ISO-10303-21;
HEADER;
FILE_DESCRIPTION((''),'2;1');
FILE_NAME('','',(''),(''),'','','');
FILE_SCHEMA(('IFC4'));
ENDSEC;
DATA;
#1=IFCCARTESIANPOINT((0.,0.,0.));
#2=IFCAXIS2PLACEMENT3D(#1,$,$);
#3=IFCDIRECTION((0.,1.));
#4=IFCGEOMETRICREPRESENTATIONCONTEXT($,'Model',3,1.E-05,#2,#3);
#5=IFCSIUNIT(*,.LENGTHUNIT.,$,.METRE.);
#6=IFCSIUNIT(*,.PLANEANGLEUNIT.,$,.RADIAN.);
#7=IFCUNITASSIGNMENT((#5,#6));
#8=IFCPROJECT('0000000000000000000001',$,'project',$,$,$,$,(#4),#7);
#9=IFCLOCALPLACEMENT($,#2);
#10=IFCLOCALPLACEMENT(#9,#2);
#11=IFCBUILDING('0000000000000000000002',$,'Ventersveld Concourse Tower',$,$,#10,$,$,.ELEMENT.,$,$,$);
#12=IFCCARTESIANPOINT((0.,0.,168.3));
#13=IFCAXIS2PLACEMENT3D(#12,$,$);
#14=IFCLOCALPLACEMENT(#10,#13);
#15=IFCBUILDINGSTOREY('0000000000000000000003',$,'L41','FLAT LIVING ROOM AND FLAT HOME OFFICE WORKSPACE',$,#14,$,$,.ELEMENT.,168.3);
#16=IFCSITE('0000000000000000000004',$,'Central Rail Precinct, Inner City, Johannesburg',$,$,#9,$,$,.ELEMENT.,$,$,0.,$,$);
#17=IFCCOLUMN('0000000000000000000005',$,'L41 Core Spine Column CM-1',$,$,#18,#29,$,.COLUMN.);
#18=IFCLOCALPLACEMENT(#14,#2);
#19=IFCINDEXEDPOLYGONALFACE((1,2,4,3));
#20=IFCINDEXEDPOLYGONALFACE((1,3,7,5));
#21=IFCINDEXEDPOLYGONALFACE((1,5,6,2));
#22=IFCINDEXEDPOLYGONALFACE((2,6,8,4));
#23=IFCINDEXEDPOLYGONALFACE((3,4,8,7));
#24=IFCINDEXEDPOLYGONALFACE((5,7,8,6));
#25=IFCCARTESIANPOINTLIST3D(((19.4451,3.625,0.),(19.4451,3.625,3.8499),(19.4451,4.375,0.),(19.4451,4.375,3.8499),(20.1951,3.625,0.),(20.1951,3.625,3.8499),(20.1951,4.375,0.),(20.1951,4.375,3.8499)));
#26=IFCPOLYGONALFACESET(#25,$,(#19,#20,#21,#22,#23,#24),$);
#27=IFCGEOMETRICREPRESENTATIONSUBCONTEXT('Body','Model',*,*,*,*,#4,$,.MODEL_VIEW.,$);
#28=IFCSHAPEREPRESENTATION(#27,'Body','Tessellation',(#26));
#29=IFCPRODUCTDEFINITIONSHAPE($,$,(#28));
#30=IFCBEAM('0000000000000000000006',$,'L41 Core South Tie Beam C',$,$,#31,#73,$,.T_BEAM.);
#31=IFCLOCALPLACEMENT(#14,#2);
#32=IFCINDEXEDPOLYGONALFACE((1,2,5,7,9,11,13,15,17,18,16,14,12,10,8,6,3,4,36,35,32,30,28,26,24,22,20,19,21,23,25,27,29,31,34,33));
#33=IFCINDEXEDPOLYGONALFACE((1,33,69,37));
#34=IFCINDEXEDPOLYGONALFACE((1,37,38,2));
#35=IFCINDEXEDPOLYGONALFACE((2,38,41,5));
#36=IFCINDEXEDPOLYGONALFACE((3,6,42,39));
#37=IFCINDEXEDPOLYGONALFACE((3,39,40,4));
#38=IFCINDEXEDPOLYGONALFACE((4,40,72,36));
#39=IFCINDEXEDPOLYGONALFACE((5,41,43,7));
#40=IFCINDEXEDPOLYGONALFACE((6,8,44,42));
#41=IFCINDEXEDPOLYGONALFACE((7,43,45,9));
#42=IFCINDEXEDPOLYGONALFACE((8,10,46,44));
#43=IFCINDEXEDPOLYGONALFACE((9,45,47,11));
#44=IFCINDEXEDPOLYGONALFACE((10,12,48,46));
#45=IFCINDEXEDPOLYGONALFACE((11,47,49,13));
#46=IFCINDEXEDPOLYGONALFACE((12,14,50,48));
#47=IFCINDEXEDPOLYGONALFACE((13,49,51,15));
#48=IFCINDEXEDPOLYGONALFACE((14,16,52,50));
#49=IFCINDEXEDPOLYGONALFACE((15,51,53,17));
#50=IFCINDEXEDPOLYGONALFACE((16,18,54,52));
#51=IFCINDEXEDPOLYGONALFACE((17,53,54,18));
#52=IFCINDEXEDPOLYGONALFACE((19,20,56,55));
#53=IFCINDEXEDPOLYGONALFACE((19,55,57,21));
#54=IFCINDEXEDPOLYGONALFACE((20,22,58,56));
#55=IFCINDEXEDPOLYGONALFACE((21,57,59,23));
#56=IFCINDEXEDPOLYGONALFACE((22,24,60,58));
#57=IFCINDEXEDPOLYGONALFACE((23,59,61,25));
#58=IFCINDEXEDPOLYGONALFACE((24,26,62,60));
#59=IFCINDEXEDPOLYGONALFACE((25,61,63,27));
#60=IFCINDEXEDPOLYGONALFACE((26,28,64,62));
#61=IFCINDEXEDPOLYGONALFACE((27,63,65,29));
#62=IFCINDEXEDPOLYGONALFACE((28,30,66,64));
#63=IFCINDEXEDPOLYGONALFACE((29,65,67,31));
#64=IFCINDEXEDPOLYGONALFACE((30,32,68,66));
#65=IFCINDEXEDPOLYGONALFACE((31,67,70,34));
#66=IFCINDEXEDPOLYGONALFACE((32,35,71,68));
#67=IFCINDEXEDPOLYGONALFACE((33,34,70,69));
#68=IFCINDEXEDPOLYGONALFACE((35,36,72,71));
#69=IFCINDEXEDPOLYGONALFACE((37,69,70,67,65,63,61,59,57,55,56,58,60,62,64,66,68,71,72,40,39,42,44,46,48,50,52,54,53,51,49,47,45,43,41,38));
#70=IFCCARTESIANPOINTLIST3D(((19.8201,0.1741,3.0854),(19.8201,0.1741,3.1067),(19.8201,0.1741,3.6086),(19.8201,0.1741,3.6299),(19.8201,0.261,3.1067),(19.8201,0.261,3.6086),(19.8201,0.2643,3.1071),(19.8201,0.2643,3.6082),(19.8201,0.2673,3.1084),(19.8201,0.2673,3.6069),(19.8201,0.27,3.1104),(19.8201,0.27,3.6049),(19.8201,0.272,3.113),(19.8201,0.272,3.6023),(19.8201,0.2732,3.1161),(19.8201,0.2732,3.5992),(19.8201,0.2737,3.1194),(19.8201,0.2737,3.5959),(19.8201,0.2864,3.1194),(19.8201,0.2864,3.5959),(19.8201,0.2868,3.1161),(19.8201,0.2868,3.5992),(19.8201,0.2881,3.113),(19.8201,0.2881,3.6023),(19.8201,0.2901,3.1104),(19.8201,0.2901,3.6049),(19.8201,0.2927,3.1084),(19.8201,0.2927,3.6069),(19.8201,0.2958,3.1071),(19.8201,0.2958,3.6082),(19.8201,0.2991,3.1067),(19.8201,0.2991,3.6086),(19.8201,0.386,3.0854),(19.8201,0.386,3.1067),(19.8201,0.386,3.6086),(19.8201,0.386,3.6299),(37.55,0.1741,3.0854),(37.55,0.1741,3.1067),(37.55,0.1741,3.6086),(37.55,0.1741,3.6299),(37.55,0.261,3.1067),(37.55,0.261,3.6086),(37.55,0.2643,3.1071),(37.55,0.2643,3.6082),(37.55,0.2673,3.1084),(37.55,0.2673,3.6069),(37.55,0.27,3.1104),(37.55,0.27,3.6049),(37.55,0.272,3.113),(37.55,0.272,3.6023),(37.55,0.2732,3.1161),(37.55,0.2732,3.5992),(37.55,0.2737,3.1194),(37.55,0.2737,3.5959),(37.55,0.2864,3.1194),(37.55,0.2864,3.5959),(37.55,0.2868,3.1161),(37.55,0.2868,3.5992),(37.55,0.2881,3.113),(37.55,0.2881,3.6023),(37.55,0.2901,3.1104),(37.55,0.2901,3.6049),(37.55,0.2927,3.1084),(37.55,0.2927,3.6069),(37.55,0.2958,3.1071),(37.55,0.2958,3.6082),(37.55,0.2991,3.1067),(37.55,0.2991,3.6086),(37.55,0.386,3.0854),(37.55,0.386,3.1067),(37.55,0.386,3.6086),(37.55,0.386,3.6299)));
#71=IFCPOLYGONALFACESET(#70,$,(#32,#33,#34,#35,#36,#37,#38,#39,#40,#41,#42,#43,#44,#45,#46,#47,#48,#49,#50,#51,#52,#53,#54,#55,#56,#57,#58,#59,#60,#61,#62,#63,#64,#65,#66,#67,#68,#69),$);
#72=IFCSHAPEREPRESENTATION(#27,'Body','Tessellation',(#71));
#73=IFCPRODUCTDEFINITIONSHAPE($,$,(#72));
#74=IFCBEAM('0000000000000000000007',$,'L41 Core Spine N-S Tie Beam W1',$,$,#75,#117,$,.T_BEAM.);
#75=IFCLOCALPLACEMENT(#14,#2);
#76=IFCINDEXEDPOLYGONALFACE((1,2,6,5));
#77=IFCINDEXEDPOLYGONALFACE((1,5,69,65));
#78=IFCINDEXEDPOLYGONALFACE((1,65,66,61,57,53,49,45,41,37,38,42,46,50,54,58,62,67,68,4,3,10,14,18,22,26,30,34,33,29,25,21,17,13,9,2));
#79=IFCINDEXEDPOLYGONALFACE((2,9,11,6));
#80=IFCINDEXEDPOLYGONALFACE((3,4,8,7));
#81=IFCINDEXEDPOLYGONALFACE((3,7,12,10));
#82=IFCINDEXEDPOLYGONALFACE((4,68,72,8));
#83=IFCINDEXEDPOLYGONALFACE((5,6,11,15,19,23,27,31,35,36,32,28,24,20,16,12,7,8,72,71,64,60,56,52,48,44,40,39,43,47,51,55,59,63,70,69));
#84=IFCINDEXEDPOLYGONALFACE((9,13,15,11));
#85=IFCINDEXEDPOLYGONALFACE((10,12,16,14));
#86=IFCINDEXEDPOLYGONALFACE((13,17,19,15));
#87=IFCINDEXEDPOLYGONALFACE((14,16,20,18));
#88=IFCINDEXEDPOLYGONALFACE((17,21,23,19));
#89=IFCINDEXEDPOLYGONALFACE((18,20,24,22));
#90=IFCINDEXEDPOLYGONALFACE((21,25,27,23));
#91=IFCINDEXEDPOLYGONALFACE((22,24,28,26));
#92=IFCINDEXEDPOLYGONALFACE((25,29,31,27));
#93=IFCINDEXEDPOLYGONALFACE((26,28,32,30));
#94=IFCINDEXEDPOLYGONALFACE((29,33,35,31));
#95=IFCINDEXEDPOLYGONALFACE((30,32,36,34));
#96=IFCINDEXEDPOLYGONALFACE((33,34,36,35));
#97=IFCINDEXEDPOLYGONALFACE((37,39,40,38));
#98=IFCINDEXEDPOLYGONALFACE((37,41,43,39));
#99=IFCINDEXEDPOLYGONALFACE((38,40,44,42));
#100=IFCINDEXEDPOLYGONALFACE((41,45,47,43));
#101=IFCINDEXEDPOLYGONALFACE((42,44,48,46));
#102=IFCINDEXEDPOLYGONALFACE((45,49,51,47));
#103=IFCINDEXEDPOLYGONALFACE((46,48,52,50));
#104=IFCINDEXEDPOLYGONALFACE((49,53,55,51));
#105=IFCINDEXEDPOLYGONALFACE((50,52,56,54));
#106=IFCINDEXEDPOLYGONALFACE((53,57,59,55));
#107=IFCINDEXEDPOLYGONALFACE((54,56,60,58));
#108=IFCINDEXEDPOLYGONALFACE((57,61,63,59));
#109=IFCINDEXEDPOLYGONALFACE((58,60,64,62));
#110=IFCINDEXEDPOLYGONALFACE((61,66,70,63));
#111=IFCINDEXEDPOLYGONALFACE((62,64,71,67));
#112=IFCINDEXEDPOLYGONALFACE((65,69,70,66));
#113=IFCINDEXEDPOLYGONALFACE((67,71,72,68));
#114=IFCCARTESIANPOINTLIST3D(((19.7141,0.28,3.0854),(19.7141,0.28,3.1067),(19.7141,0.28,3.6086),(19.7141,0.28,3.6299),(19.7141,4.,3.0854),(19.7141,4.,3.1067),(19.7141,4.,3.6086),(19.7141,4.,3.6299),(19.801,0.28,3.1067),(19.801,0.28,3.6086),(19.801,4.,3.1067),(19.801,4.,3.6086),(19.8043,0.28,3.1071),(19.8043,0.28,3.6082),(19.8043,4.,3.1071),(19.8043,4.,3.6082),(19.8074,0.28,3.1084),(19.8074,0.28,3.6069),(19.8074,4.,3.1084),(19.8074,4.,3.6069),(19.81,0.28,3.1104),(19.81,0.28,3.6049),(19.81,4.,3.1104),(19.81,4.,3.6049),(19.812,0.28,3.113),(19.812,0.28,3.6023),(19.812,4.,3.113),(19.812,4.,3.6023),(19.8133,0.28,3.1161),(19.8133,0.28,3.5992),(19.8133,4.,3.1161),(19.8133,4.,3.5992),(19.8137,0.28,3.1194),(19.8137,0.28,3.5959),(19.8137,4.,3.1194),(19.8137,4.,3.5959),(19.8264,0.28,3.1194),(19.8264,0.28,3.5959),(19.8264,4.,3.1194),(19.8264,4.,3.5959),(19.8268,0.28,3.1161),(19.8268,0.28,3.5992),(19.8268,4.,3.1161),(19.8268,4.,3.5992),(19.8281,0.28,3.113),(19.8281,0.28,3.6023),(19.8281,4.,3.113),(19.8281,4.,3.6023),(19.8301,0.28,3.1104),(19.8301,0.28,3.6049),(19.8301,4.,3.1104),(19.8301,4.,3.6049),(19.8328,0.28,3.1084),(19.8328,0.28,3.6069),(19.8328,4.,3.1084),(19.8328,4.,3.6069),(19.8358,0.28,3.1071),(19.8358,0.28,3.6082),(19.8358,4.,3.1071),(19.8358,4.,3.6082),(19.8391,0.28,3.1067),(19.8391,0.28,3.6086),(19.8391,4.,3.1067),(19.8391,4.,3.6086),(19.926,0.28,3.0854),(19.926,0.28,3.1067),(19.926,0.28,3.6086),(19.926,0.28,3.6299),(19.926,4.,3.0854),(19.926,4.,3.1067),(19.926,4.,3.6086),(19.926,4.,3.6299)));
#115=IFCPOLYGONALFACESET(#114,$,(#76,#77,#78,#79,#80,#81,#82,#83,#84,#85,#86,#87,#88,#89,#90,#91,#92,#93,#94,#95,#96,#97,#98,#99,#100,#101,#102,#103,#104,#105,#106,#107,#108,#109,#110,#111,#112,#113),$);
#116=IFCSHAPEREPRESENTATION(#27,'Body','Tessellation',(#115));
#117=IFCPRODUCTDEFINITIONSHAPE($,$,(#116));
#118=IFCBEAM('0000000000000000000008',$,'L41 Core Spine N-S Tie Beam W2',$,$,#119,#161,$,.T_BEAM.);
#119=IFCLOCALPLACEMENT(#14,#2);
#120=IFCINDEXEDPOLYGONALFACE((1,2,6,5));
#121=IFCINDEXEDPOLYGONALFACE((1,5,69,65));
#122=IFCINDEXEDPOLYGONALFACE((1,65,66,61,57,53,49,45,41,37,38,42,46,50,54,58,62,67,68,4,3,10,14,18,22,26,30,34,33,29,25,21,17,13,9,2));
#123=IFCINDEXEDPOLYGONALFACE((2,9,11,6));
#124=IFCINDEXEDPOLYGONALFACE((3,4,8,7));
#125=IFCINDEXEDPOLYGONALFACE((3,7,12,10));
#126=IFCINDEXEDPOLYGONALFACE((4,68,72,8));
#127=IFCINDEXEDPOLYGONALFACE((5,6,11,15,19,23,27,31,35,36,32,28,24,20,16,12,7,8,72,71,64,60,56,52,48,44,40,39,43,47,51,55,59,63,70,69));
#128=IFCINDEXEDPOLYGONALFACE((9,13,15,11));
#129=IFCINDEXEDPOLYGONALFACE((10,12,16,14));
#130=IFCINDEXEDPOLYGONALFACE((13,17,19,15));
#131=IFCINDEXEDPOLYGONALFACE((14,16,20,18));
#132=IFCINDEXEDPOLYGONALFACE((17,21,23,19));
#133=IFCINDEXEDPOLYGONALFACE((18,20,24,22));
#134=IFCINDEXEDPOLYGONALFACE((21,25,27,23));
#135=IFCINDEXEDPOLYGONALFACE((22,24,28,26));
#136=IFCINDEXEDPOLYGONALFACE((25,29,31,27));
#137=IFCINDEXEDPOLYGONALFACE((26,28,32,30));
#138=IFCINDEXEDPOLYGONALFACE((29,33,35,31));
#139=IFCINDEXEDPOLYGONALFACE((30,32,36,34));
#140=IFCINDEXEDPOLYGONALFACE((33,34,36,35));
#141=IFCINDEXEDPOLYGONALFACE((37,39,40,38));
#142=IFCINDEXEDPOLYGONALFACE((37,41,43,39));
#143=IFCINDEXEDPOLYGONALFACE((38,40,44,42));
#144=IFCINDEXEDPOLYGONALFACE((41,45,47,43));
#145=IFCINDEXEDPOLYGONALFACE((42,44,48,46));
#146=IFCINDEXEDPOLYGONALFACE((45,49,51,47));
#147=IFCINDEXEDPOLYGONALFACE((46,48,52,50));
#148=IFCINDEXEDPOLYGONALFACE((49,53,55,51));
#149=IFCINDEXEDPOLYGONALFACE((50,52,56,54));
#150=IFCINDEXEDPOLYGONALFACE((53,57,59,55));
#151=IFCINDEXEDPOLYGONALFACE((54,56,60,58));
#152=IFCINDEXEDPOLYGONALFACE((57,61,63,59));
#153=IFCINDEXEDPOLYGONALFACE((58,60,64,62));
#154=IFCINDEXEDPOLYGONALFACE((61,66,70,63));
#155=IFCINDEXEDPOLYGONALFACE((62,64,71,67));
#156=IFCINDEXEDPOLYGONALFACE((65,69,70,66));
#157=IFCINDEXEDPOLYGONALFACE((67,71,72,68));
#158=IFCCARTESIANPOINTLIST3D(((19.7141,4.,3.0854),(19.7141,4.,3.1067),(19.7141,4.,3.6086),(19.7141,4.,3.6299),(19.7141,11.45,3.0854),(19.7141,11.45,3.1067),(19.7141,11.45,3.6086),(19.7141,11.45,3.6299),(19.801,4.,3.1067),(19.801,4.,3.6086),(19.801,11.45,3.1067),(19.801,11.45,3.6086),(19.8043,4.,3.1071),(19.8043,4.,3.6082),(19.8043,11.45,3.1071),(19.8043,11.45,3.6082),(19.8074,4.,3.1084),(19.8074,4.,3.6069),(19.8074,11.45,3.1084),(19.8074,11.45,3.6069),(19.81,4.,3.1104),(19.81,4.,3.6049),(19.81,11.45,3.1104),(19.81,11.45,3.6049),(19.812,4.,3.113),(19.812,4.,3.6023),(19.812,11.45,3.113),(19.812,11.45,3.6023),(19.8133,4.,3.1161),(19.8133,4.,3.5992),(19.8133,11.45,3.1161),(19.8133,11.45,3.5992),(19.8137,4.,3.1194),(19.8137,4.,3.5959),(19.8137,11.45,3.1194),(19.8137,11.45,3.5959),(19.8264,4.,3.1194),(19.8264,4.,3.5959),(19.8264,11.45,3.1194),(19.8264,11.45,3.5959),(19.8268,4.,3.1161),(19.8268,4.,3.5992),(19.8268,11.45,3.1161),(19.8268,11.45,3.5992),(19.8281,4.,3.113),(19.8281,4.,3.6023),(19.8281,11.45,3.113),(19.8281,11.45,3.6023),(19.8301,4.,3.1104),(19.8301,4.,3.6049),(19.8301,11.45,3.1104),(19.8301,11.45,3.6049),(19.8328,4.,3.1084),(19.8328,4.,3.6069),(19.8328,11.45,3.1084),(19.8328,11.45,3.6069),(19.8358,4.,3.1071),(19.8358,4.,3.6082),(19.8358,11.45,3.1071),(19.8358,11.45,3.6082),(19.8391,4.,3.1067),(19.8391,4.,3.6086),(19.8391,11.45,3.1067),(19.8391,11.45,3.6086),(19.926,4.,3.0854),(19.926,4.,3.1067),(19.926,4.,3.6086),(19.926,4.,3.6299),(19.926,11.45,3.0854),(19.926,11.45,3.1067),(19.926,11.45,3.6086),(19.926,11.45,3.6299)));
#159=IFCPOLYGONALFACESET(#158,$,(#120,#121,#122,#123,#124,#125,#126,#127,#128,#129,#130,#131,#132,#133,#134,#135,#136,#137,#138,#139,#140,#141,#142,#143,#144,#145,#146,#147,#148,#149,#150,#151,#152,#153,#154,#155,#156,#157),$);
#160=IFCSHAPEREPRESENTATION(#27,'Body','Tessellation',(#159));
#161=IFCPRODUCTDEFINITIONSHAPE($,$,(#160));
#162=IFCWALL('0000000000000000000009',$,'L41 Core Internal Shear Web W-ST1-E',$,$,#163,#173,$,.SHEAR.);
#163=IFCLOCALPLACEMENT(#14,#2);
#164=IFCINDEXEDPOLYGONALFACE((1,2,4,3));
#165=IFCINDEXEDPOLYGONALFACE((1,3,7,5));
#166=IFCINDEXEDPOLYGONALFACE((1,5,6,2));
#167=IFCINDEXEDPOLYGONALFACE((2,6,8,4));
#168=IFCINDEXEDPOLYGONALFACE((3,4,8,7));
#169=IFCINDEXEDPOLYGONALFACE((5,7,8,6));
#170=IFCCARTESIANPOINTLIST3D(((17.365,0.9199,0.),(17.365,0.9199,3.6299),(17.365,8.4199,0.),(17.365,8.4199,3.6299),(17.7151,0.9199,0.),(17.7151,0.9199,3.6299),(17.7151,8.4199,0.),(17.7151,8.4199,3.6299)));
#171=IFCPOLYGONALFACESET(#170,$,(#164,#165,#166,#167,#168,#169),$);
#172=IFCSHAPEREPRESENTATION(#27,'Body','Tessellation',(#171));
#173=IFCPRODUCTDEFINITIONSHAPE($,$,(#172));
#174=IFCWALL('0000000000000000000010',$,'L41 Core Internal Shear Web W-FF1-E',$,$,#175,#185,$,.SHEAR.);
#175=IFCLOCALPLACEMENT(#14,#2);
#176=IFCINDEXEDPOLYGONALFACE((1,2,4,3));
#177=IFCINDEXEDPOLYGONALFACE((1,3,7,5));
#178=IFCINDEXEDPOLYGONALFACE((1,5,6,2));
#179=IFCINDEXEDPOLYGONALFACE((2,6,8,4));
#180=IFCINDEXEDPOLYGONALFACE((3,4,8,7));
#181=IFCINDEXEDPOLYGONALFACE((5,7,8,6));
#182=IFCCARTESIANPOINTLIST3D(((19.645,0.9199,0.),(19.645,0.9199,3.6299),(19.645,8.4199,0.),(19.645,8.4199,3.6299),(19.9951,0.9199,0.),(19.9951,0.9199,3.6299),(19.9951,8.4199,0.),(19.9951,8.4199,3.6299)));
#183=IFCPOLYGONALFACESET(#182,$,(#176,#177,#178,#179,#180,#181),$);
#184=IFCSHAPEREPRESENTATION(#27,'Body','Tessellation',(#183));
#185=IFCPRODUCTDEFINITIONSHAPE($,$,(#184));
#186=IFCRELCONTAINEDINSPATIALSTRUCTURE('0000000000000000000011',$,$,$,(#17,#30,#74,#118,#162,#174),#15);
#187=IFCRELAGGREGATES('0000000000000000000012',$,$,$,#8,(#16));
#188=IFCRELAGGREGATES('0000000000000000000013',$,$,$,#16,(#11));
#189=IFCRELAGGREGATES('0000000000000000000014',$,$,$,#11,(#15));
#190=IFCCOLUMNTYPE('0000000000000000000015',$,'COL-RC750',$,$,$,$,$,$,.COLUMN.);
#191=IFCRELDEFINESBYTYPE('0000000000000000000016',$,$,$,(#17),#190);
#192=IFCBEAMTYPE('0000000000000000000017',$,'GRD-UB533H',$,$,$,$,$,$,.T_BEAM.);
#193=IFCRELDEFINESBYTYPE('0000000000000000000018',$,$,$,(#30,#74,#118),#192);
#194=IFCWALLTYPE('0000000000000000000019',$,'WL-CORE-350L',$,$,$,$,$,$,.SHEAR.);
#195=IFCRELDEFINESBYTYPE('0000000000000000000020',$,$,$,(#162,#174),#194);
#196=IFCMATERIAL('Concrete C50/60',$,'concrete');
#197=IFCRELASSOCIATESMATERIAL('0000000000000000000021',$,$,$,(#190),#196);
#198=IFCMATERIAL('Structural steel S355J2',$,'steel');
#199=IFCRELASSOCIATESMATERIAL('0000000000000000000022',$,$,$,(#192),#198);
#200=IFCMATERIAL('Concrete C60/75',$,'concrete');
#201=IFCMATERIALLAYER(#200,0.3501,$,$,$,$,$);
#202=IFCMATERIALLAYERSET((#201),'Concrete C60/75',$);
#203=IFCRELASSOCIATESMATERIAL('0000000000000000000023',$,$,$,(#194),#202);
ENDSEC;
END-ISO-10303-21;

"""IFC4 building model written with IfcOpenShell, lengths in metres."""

from ifc_helpers import new_model, si_unit, direction, frame, frame_2d, origin, origin_2d, place, context, subcontext, project, spatial, rectangle, i_section, extrude, material, layer, layer_set, material_profile, profile_set, type_object, element, save


model = new_model("IFC4")

# Units and contexts
model_context = context("Model", 3, precision=1e-05, world=origin(), true_north=direction((0.0, 1.0)))
body_context = subcontext(model_context, "Body", "Model", "MODEL_VIEW")
ifc_project = project(units=[si_unit("LENGTHUNIT", "METRE"), si_unit("PLANEANGLEUNIT", "RADIAN")], contexts=[model_context])

# Site, building, storey
site_placement = place(None, origin())
site = spatial("IfcSite", under=ifc_project, at=site_placement, Name="Central Rail Precinct, Inner City, Johannesburg", CompositionType="ELEMENT", RefElevation=0.0)
building_placement = place(site_placement, origin())
building = spatial("IfcBuilding", under=site, at=building_placement, Name="Ventersveld Concourse Tower", CompositionType="ELEMENT")
storey_placement = place(building_placement, frame((0.0, 0.0, 168.3)))
storey = spatial("IfcBuildingStorey", under=building, at=storey_placement, Name="L41", Description="FLAT LIVING ROOM AND FLAT HOME OFFICE WORKSPACE", CompositionType="ELEMENT", Elevation=168.3)

# Column
ifc_material_1 = material(Name="Concrete C50/60", Category="concrete")
ifc_material_profile_1 = material_profile(ifc_material_1, rectangle(XDim=0.75, YDim=0.75, at=origin_2d()), Name="RC 750x750")
ifc_profile_set_1 = profile_set([ifc_material_profile_1], Name="Concrete C50/60")
column_type = type_object("IfcColumnType", Name="COL-RC750", PredefinedType="COLUMN", material=ifc_profile_set_1)
column_placement = place(storey_placement, frame((19.8201, 4.0, 0.0), z_axis=(0.0, 0.0, 1.0), x_axis=(1.0, 0.0, 0.0)))
element("IfcColumn", 1, at=column_placement, inside=storey, type_object=column_type, Name="L41 Core Spine Column CM-1", PredefinedType="COLUMN", context=body_context, shape_type="SweptSolid", body=[
    extrude(rectangle(XDim=0.75, YDim=0.75, at=origin_2d()), origin(), (0.0, 0.0, 1.0), 3.8499),
])

# Beams
ifc_material_2 = material(Name="Structural steel S355J2", Category="steel")
ifc_material_profile_2 = material_profile(ifc_material_2, i_section(OverallWidth=0.2119, OverallDepth=0.5444, WebThickness=0.0127, FlangeThickness=0.0212, FilletRadius=0.0127, at=origin_2d()), Name="UB 533x210x122")
ifc_profile_set_2 = profile_set([ifc_material_profile_2], Name="Structural steel S355J2")
beam_type = type_object("IfcBeamType", Name="GRD-UB533H", PredefinedType="T_BEAM", material=ifc_profile_set_2)
beam_1_placement = place(storey_placement, frame((19.8201, 0.28, 3.3577), z_axis=(1.0, 0.0, 0.0), x_axis=(0.0, 1.0, 0.0)))
element("IfcBeam", 2, at=beam_1_placement, inside=storey, type_object=beam_type, Name="L41 Core South Tie Beam C", PredefinedType="T_BEAM", context=body_context, shape_type="SweptSolid", body=[
    extrude(i_section(OverallWidth=0.2119, OverallDepth=0.5444, WebThickness=0.0127, FlangeThickness=0.0212, FilletRadius=0.0127, at=origin_2d()), origin(), (0.0, 0.0, 1.0), 17.73),
])
beam_2_placement = place(storey_placement, frame((19.8201, 0.28, 3.3577), z_axis=(0.0, 1.0, 0.0), x_axis=(-1.0, 0.0, 0.0)))
element("IfcBeam", 3, at=beam_2_placement, inside=storey, type_object=beam_type, Name="L41 Core Spine N-S Tie Beam W1", PredefinedType="T_BEAM", context=body_context, shape_type="SweptSolid", body=[
    extrude(i_section(OverallWidth=0.2119, OverallDepth=0.5444, WebThickness=0.0127, FlangeThickness=0.0212, FilletRadius=0.0127, at=origin_2d()), origin(), (0.0, 0.0, 1.0), 3.72),
])
beam_3_placement = place(storey_placement, frame((19.8201, 4.0, 3.3577), z_axis=(0.0, 1.0, 0.0), x_axis=(-1.0, 0.0, 0.0)))
element("IfcBeam", 4, at=beam_3_placement, inside=storey, type_object=beam_type, Name="L41 Core Spine N-S Tie Beam W2", PredefinedType="T_BEAM", context=body_context, shape_type="SweptSolid", body=[
    extrude(i_section(OverallWidth=0.2119, OverallDepth=0.5444, WebThickness=0.0127, FlangeThickness=0.0212, FilletRadius=0.0127, at=origin_2d()), origin(), (0.0, 0.0, 1.0), 7.45),
])

# Walls
ifc_material_3 = material(Name="Concrete C60/75", Category="concrete")
ifc_layer_1 = layer(ifc_material_3, 0.3501)
ifc_layer_set_1 = layer_set([ifc_layer_1], Name="Concrete C60/75")
wall_type_1 = type_object("IfcWallType", Name="WL-CORE-350L", PredefinedType="SHEAR", material=ifc_layer_set_1)
for number, where, z_axis, x_axis, name in (
    (5, (17.54, 0.9199, 0.0), (0.0, 0.0, 1.0), (0.0, 1.0, 0.0), "L41 Core Internal Shear Web W-ST1-E"),
    (6, (19.8201, 0.9199, 0.0), (0.0, 0.0, 1.0), (0.0, 1.0, 0.0), "L41 Core Internal Shear Web W-FF1-E"),
):
    element("IfcWall", number, at=place(storey_placement, frame(where, z_axis=z_axis, x_axis=x_axis)), inside=storey, type_object=wall_type_1, Name=name, PredefinedType="SHEAR", context=body_context, shape_type="SweptSolid", body=[
        extrude(rectangle(XDim=7.5, YDim=0.3501, at=frame_2d((3.75, 0.0))), origin(), (0.0, 0.0, 1.0), 3.6299),
    ])

save(model, "model.ifc")
